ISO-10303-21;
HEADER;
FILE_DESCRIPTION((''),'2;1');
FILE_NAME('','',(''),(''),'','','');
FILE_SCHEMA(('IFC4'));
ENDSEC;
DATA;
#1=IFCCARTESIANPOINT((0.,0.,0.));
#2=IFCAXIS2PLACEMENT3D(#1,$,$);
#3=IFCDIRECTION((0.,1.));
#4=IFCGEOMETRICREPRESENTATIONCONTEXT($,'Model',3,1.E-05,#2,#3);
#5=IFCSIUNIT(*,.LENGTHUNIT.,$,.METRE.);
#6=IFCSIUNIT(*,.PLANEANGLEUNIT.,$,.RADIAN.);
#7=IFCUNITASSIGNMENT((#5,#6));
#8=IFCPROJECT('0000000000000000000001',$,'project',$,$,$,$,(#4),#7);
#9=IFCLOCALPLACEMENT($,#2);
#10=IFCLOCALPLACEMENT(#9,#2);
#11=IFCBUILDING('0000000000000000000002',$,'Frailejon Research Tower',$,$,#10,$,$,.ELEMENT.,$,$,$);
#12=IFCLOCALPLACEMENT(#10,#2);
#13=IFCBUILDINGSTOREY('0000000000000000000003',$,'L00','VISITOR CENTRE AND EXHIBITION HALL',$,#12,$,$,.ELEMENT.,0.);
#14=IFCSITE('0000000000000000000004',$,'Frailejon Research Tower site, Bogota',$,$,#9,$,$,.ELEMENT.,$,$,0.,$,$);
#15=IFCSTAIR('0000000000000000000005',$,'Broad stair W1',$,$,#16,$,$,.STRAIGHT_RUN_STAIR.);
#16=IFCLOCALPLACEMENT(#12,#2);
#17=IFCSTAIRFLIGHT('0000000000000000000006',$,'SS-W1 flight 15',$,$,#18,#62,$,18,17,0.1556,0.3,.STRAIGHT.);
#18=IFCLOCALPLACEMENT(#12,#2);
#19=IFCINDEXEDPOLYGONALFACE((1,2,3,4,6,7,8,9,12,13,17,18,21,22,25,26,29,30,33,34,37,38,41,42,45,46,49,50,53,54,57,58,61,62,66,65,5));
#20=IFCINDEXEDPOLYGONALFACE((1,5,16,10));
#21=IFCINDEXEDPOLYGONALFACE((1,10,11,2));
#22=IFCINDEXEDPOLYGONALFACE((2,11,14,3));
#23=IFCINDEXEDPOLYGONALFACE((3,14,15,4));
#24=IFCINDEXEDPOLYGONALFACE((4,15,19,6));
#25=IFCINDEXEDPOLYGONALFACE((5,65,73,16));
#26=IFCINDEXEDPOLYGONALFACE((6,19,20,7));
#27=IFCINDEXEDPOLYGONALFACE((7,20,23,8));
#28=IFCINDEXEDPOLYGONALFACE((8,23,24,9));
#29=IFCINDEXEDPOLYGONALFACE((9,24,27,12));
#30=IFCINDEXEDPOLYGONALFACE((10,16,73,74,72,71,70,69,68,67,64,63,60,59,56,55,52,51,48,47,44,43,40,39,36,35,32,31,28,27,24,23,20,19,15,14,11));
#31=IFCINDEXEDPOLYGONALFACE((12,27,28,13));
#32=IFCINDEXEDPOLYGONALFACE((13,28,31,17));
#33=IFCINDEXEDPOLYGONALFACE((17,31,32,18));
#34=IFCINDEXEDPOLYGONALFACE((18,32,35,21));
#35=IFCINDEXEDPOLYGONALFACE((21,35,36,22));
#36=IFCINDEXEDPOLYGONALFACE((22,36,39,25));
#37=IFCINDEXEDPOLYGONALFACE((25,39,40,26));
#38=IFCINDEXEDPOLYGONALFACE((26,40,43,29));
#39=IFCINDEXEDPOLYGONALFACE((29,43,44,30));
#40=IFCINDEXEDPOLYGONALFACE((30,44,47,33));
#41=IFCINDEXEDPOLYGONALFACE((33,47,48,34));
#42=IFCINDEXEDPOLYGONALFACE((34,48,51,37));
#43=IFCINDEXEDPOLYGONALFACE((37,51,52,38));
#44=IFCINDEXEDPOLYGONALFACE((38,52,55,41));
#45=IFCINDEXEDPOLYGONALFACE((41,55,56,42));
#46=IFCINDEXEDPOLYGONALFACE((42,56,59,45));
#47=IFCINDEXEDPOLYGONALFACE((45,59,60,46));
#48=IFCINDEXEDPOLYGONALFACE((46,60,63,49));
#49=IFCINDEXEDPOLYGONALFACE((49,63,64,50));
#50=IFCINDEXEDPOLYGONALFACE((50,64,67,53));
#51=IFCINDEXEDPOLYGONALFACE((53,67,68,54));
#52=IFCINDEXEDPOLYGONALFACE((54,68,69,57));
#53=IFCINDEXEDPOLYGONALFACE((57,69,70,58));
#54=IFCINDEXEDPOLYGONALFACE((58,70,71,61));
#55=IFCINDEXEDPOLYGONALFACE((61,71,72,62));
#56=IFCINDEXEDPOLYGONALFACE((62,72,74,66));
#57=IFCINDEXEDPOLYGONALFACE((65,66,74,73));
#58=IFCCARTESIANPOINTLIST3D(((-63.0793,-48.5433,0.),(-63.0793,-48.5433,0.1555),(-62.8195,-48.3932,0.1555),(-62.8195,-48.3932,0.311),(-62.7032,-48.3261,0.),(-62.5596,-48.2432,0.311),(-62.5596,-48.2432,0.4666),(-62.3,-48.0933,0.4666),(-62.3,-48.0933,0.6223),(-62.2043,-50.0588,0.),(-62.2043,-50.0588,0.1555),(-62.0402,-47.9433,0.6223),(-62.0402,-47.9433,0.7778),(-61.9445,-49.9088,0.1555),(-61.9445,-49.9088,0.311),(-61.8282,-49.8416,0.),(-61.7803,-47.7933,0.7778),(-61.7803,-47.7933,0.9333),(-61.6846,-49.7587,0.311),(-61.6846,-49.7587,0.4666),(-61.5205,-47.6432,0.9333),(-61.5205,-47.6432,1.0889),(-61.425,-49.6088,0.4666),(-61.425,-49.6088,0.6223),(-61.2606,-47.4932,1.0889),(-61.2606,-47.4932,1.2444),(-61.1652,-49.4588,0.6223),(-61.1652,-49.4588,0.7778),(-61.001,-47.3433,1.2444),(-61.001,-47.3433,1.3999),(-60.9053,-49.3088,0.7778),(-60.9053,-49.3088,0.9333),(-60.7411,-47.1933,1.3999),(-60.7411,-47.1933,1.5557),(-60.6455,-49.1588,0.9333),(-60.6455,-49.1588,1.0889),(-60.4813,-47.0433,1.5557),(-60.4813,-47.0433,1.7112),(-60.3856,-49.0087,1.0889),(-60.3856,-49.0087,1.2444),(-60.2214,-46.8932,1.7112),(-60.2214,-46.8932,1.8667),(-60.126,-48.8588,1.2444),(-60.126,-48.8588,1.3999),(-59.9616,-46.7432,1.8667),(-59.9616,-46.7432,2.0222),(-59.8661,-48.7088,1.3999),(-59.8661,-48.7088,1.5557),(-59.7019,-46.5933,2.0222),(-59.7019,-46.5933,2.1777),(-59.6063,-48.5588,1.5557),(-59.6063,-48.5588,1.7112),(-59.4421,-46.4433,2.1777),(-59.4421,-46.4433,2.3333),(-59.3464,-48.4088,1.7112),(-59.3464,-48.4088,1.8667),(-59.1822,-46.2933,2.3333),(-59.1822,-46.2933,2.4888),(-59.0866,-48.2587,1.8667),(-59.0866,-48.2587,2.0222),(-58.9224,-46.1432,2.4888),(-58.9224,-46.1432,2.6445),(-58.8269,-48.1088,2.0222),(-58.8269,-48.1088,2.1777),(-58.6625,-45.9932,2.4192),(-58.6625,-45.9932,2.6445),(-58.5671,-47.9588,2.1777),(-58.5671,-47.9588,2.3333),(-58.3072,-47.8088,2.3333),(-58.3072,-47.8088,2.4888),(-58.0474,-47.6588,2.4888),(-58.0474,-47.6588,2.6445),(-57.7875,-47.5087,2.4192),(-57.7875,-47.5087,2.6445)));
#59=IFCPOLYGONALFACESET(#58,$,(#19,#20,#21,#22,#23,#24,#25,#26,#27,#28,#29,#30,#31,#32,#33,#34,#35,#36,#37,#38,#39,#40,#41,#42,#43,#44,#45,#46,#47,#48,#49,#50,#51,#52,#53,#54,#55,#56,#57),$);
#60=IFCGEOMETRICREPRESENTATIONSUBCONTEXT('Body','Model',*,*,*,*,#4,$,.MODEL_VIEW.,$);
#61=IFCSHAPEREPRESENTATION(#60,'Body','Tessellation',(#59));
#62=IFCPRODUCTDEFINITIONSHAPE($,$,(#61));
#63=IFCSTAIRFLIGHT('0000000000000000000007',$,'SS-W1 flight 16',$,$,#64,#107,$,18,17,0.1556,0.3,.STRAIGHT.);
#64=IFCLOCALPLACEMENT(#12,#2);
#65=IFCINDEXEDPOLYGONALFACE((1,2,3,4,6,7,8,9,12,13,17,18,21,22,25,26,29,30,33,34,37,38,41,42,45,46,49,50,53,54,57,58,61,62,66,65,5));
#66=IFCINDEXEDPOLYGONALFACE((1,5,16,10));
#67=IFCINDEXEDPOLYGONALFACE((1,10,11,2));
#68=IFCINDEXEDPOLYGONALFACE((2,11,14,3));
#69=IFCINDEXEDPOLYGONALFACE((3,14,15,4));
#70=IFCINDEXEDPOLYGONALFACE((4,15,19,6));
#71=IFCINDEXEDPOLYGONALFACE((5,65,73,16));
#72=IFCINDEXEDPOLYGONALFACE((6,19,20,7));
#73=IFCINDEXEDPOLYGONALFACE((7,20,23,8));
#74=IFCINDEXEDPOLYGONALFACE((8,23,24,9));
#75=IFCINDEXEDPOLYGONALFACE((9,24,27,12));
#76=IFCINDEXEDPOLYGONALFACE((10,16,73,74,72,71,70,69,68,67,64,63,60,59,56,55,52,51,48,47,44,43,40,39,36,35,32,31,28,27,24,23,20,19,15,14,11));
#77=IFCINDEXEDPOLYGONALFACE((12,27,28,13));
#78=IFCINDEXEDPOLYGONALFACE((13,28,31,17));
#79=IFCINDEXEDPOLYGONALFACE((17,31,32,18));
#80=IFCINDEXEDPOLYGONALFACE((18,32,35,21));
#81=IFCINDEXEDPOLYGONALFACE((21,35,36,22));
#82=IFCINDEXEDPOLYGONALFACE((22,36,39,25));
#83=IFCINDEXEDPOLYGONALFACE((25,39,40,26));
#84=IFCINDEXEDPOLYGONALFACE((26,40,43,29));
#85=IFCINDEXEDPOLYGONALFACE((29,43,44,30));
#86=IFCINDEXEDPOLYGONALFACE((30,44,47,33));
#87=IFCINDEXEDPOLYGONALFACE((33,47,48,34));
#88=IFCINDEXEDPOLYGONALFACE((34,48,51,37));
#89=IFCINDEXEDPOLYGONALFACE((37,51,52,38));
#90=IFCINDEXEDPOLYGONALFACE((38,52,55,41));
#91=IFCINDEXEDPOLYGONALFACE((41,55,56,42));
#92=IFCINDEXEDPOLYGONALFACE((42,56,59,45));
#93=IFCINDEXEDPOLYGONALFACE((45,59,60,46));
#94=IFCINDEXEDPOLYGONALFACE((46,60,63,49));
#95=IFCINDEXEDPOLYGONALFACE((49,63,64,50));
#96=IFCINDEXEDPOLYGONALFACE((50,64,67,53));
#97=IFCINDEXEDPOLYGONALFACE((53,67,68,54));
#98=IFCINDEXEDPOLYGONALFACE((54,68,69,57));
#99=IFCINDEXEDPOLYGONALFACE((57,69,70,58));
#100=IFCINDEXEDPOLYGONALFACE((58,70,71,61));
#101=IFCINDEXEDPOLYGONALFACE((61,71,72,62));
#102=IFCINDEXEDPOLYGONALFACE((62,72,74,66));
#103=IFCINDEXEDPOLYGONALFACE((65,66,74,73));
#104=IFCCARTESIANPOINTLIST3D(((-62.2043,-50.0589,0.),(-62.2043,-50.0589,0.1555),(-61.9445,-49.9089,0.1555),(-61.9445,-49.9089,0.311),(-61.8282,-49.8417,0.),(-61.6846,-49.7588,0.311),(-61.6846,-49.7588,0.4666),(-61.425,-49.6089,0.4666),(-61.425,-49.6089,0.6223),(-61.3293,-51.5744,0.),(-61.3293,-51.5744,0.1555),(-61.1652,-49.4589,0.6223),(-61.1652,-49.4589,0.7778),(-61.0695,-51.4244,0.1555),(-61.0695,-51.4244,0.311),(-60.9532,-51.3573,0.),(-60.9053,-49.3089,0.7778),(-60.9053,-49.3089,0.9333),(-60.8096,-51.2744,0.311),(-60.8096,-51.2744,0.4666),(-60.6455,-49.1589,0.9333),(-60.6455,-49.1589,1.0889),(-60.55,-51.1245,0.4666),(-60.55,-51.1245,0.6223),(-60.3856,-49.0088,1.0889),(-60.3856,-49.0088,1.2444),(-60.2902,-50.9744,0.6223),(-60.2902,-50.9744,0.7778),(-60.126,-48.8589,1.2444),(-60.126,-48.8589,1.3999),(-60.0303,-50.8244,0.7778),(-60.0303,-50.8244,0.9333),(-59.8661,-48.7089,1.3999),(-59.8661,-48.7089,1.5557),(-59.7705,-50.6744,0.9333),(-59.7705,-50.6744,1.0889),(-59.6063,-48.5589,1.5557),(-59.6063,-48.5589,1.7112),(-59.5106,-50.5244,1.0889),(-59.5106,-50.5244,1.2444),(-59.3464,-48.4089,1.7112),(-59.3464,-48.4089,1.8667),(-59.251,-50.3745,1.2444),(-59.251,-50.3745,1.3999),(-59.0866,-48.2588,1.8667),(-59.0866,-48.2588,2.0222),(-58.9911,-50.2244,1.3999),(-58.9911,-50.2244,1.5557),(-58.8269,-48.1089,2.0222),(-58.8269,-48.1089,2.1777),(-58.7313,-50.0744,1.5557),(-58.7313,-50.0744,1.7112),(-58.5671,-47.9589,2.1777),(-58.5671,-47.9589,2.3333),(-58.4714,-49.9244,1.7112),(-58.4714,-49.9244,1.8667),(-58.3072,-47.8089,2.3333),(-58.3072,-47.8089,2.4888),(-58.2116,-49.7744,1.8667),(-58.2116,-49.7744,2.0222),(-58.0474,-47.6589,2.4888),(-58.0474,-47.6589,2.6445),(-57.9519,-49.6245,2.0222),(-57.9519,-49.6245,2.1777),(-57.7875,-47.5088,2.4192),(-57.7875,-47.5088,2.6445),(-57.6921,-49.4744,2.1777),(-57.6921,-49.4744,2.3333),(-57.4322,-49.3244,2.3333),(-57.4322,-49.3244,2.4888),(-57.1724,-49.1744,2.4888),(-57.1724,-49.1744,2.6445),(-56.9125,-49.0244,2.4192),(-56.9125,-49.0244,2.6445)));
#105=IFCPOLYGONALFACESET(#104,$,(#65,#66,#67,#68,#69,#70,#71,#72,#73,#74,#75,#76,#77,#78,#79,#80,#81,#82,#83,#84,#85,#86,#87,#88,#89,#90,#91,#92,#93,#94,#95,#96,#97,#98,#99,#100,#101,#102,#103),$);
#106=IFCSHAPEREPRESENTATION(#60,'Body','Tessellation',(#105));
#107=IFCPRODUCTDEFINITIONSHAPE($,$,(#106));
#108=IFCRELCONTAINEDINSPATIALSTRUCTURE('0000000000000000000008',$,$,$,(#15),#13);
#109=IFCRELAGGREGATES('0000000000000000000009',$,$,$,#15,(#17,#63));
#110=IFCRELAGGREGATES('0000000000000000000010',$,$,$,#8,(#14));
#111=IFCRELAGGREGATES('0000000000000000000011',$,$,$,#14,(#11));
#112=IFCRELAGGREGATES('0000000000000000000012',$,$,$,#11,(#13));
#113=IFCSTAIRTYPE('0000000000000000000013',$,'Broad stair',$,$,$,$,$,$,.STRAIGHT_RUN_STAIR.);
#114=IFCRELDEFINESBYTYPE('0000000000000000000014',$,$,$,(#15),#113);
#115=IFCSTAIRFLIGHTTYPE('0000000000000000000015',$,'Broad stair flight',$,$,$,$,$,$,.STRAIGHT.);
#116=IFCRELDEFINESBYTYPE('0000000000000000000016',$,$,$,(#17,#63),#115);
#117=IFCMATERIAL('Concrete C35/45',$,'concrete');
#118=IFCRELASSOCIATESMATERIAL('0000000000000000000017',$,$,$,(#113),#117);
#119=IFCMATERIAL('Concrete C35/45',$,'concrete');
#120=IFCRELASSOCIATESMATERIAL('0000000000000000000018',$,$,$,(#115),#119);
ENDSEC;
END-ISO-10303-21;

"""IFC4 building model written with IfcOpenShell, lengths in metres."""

from ifc_helpers import new_model, si_unit, direction, frame, origin, place, context, subcontext, project, spatial, polyline, outline, extrude, material, type_object, element, aggregate, save


model = new_model("IFC4")

# Units and contexts
model_context = context("Model", 3, precision=1e-05, world=origin(), true_north=direction((0.0, 1.0)))
body_context = subcontext(model_context, "Body", "Model", "MODEL_VIEW")
ifc_project = project(units=[si_unit("LENGTHUNIT", "METRE"), si_unit("PLANEANGLEUNIT", "RADIAN")], contexts=[model_context])

# Site, building, storey
site_placement = place(None, origin())
site = spatial("IfcSite", under=ifc_project, at=site_placement, Name="Frailejon Research Tower site, Bogota", CompositionType="ELEMENT", RefElevation=0.0)
building_placement = place(site_placement, origin())
building = spatial("IfcBuilding", under=site, at=building_placement, Name="Frailejon Research Tower", CompositionType="ELEMENT")
storey_placement = place(building_placement, origin())
storey = spatial("IfcBuildingStorey", under=building, at=storey_placement, Name="L00", Description="VISITOR CENTRE AND EXHIBITION HALL", CompositionType="ELEMENT", Elevation=0.0)

# Stair, stair flights
ifc_material_1 = material(Name="Concrete C35/45", Category="concrete")
stair_type = type_object("IfcStairType", Name="Broad stair", PredefinedType="STRAIGHT_RUN_STAIR", material=ifc_material_1)
stair_placement = place(storey_placement, origin())
stair = element("IfcStair", 1, at=stair_placement, inside=storey, type_object=stair_type, Name="Broad stair W1", PredefinedType="STRAIGHT_RUN_STAIR")
ifc_material_2 = material(Name="Concrete C35/45", Category="concrete")
stair_flight_type = type_object("IfcStairFlightType", Name="Broad stair flight", PredefinedType="STRAIGHT", material=ifc_material_2)
stair_flight_1_placement = place(storey_placement, frame((-62.6418, -49.301, 0.0), z_axis=(0.0, 0.0, 1.0), x_axis=(0.866025, 0.5, 0.0)))
stair_flight_1 = element("IfcStairFlight", 2, at=stair_flight_1_placement, type_object=stair_flight_type, Name="SS-W1 flight 15", NumberOfRisers=18, NumberOfTreads=17, PredefinedType="STRAIGHT", RiserHeight=0.1556, TreadLength=0.3, context=body_context, shape_type="SweptSolid", body=[
    extrude(outline(polyline([(0.0, 0.0), (0.0, 0.1555), (0.3, 0.1555), (0.3, 0.311), (0.6001, 0.311), (0.6001, 0.4666), (0.8999, 0.4666), (0.8999, 0.6223), (1.2, 0.6223), (1.2, 0.7778), (1.5, 0.7778), (1.5, 0.9333), (1.8, 0.9333), (1.8, 1.0889), (2.1001, 1.0889), (2.1001, 1.2444), (2.3999, 1.2444), (2.3999, 1.3999), (2.7, 1.3999), (2.7, 1.5557), (3.0, 1.5557), (3.0, 1.7112), (3.3, 1.7112), (3.3, 1.8667), (3.6001, 1.8667), (3.6001, 2.0222), (3.8999, 2.0222), (3.8999, 2.1777), (4.2, 2.1777), (4.2, 2.3333), (4.5, 2.3333), (4.5, 2.4888), (4.8, 2.4888), (4.8, 2.6445), (5.1001, 2.6445), (5.1001, 2.8), (5.1001, 2.4192), (0.4343, 0.0), (0.0, 0.0)])), frame((0.0, 0.875, 0.0), z_axis=(0.0, -1.0, 0.0), x_axis=(1.0, 0.0, 0.0)), (0.0, 0.0, 1.0), 1.75),
])
stair_flight_2_placement = place(storey_placement, frame((-61.7668, -50.8167, 0.0), z_axis=(0.0, 0.0, 1.0), x_axis=(0.866025, 0.5, 0.0)))
stair_flight_2 = element("IfcStairFlight", 3, at=stair_flight_2_placement, type_object=stair_flight_type, Name="SS-W1 flight 16", NumberOfRisers=18, NumberOfTreads=17, PredefinedType="STRAIGHT", RiserHeight=0.1556, TreadLength=0.3, context=body_context, shape_type="SweptSolid", body=[
    extrude(outline(polyline([(0.0, 0.0), (0.0, 0.1555), (0.3, 0.1555), (0.3, 0.311), (0.6001, 0.311), (0.6001, 0.4666), (0.8999, 0.4666), (0.8999, 0.6223), (1.2, 0.6223), (1.2, 0.7778), (1.5, 0.7778), (1.5, 0.9333), (1.8, 0.9333), (1.8, 1.0889), (2.1001, 1.0889), (2.1001, 1.2444), (2.3999, 1.2444), (2.3999, 1.3999), (2.7, 1.3999), (2.7, 1.5557), (3.0, 1.5557), (3.0, 1.7112), (3.3, 1.7112), (3.3, 1.8667), (3.6001, 1.8667), (3.6001, 2.0222), (3.8999, 2.0222), (3.8999, 2.1777), (4.2, 2.1777), (4.2, 2.3333), (4.5, 2.3333), (4.5, 2.4888), (4.8, 2.4888), (4.8, 2.6445), (5.1001, 2.6445), (5.1001, 2.8), (5.1001, 2.4192), (0.4343, 0.0), (0.0, 0.0)])), frame((0.0, 0.875, 0.0), z_axis=(0.0, -1.0, 0.0), x_axis=(1.0, 0.0, 0.0)), (0.0, 0.0, 1.0), 1.75),
])
aggregate(stair, [stair_flight_1, stair_flight_2])

save(model, "model.ifc")
